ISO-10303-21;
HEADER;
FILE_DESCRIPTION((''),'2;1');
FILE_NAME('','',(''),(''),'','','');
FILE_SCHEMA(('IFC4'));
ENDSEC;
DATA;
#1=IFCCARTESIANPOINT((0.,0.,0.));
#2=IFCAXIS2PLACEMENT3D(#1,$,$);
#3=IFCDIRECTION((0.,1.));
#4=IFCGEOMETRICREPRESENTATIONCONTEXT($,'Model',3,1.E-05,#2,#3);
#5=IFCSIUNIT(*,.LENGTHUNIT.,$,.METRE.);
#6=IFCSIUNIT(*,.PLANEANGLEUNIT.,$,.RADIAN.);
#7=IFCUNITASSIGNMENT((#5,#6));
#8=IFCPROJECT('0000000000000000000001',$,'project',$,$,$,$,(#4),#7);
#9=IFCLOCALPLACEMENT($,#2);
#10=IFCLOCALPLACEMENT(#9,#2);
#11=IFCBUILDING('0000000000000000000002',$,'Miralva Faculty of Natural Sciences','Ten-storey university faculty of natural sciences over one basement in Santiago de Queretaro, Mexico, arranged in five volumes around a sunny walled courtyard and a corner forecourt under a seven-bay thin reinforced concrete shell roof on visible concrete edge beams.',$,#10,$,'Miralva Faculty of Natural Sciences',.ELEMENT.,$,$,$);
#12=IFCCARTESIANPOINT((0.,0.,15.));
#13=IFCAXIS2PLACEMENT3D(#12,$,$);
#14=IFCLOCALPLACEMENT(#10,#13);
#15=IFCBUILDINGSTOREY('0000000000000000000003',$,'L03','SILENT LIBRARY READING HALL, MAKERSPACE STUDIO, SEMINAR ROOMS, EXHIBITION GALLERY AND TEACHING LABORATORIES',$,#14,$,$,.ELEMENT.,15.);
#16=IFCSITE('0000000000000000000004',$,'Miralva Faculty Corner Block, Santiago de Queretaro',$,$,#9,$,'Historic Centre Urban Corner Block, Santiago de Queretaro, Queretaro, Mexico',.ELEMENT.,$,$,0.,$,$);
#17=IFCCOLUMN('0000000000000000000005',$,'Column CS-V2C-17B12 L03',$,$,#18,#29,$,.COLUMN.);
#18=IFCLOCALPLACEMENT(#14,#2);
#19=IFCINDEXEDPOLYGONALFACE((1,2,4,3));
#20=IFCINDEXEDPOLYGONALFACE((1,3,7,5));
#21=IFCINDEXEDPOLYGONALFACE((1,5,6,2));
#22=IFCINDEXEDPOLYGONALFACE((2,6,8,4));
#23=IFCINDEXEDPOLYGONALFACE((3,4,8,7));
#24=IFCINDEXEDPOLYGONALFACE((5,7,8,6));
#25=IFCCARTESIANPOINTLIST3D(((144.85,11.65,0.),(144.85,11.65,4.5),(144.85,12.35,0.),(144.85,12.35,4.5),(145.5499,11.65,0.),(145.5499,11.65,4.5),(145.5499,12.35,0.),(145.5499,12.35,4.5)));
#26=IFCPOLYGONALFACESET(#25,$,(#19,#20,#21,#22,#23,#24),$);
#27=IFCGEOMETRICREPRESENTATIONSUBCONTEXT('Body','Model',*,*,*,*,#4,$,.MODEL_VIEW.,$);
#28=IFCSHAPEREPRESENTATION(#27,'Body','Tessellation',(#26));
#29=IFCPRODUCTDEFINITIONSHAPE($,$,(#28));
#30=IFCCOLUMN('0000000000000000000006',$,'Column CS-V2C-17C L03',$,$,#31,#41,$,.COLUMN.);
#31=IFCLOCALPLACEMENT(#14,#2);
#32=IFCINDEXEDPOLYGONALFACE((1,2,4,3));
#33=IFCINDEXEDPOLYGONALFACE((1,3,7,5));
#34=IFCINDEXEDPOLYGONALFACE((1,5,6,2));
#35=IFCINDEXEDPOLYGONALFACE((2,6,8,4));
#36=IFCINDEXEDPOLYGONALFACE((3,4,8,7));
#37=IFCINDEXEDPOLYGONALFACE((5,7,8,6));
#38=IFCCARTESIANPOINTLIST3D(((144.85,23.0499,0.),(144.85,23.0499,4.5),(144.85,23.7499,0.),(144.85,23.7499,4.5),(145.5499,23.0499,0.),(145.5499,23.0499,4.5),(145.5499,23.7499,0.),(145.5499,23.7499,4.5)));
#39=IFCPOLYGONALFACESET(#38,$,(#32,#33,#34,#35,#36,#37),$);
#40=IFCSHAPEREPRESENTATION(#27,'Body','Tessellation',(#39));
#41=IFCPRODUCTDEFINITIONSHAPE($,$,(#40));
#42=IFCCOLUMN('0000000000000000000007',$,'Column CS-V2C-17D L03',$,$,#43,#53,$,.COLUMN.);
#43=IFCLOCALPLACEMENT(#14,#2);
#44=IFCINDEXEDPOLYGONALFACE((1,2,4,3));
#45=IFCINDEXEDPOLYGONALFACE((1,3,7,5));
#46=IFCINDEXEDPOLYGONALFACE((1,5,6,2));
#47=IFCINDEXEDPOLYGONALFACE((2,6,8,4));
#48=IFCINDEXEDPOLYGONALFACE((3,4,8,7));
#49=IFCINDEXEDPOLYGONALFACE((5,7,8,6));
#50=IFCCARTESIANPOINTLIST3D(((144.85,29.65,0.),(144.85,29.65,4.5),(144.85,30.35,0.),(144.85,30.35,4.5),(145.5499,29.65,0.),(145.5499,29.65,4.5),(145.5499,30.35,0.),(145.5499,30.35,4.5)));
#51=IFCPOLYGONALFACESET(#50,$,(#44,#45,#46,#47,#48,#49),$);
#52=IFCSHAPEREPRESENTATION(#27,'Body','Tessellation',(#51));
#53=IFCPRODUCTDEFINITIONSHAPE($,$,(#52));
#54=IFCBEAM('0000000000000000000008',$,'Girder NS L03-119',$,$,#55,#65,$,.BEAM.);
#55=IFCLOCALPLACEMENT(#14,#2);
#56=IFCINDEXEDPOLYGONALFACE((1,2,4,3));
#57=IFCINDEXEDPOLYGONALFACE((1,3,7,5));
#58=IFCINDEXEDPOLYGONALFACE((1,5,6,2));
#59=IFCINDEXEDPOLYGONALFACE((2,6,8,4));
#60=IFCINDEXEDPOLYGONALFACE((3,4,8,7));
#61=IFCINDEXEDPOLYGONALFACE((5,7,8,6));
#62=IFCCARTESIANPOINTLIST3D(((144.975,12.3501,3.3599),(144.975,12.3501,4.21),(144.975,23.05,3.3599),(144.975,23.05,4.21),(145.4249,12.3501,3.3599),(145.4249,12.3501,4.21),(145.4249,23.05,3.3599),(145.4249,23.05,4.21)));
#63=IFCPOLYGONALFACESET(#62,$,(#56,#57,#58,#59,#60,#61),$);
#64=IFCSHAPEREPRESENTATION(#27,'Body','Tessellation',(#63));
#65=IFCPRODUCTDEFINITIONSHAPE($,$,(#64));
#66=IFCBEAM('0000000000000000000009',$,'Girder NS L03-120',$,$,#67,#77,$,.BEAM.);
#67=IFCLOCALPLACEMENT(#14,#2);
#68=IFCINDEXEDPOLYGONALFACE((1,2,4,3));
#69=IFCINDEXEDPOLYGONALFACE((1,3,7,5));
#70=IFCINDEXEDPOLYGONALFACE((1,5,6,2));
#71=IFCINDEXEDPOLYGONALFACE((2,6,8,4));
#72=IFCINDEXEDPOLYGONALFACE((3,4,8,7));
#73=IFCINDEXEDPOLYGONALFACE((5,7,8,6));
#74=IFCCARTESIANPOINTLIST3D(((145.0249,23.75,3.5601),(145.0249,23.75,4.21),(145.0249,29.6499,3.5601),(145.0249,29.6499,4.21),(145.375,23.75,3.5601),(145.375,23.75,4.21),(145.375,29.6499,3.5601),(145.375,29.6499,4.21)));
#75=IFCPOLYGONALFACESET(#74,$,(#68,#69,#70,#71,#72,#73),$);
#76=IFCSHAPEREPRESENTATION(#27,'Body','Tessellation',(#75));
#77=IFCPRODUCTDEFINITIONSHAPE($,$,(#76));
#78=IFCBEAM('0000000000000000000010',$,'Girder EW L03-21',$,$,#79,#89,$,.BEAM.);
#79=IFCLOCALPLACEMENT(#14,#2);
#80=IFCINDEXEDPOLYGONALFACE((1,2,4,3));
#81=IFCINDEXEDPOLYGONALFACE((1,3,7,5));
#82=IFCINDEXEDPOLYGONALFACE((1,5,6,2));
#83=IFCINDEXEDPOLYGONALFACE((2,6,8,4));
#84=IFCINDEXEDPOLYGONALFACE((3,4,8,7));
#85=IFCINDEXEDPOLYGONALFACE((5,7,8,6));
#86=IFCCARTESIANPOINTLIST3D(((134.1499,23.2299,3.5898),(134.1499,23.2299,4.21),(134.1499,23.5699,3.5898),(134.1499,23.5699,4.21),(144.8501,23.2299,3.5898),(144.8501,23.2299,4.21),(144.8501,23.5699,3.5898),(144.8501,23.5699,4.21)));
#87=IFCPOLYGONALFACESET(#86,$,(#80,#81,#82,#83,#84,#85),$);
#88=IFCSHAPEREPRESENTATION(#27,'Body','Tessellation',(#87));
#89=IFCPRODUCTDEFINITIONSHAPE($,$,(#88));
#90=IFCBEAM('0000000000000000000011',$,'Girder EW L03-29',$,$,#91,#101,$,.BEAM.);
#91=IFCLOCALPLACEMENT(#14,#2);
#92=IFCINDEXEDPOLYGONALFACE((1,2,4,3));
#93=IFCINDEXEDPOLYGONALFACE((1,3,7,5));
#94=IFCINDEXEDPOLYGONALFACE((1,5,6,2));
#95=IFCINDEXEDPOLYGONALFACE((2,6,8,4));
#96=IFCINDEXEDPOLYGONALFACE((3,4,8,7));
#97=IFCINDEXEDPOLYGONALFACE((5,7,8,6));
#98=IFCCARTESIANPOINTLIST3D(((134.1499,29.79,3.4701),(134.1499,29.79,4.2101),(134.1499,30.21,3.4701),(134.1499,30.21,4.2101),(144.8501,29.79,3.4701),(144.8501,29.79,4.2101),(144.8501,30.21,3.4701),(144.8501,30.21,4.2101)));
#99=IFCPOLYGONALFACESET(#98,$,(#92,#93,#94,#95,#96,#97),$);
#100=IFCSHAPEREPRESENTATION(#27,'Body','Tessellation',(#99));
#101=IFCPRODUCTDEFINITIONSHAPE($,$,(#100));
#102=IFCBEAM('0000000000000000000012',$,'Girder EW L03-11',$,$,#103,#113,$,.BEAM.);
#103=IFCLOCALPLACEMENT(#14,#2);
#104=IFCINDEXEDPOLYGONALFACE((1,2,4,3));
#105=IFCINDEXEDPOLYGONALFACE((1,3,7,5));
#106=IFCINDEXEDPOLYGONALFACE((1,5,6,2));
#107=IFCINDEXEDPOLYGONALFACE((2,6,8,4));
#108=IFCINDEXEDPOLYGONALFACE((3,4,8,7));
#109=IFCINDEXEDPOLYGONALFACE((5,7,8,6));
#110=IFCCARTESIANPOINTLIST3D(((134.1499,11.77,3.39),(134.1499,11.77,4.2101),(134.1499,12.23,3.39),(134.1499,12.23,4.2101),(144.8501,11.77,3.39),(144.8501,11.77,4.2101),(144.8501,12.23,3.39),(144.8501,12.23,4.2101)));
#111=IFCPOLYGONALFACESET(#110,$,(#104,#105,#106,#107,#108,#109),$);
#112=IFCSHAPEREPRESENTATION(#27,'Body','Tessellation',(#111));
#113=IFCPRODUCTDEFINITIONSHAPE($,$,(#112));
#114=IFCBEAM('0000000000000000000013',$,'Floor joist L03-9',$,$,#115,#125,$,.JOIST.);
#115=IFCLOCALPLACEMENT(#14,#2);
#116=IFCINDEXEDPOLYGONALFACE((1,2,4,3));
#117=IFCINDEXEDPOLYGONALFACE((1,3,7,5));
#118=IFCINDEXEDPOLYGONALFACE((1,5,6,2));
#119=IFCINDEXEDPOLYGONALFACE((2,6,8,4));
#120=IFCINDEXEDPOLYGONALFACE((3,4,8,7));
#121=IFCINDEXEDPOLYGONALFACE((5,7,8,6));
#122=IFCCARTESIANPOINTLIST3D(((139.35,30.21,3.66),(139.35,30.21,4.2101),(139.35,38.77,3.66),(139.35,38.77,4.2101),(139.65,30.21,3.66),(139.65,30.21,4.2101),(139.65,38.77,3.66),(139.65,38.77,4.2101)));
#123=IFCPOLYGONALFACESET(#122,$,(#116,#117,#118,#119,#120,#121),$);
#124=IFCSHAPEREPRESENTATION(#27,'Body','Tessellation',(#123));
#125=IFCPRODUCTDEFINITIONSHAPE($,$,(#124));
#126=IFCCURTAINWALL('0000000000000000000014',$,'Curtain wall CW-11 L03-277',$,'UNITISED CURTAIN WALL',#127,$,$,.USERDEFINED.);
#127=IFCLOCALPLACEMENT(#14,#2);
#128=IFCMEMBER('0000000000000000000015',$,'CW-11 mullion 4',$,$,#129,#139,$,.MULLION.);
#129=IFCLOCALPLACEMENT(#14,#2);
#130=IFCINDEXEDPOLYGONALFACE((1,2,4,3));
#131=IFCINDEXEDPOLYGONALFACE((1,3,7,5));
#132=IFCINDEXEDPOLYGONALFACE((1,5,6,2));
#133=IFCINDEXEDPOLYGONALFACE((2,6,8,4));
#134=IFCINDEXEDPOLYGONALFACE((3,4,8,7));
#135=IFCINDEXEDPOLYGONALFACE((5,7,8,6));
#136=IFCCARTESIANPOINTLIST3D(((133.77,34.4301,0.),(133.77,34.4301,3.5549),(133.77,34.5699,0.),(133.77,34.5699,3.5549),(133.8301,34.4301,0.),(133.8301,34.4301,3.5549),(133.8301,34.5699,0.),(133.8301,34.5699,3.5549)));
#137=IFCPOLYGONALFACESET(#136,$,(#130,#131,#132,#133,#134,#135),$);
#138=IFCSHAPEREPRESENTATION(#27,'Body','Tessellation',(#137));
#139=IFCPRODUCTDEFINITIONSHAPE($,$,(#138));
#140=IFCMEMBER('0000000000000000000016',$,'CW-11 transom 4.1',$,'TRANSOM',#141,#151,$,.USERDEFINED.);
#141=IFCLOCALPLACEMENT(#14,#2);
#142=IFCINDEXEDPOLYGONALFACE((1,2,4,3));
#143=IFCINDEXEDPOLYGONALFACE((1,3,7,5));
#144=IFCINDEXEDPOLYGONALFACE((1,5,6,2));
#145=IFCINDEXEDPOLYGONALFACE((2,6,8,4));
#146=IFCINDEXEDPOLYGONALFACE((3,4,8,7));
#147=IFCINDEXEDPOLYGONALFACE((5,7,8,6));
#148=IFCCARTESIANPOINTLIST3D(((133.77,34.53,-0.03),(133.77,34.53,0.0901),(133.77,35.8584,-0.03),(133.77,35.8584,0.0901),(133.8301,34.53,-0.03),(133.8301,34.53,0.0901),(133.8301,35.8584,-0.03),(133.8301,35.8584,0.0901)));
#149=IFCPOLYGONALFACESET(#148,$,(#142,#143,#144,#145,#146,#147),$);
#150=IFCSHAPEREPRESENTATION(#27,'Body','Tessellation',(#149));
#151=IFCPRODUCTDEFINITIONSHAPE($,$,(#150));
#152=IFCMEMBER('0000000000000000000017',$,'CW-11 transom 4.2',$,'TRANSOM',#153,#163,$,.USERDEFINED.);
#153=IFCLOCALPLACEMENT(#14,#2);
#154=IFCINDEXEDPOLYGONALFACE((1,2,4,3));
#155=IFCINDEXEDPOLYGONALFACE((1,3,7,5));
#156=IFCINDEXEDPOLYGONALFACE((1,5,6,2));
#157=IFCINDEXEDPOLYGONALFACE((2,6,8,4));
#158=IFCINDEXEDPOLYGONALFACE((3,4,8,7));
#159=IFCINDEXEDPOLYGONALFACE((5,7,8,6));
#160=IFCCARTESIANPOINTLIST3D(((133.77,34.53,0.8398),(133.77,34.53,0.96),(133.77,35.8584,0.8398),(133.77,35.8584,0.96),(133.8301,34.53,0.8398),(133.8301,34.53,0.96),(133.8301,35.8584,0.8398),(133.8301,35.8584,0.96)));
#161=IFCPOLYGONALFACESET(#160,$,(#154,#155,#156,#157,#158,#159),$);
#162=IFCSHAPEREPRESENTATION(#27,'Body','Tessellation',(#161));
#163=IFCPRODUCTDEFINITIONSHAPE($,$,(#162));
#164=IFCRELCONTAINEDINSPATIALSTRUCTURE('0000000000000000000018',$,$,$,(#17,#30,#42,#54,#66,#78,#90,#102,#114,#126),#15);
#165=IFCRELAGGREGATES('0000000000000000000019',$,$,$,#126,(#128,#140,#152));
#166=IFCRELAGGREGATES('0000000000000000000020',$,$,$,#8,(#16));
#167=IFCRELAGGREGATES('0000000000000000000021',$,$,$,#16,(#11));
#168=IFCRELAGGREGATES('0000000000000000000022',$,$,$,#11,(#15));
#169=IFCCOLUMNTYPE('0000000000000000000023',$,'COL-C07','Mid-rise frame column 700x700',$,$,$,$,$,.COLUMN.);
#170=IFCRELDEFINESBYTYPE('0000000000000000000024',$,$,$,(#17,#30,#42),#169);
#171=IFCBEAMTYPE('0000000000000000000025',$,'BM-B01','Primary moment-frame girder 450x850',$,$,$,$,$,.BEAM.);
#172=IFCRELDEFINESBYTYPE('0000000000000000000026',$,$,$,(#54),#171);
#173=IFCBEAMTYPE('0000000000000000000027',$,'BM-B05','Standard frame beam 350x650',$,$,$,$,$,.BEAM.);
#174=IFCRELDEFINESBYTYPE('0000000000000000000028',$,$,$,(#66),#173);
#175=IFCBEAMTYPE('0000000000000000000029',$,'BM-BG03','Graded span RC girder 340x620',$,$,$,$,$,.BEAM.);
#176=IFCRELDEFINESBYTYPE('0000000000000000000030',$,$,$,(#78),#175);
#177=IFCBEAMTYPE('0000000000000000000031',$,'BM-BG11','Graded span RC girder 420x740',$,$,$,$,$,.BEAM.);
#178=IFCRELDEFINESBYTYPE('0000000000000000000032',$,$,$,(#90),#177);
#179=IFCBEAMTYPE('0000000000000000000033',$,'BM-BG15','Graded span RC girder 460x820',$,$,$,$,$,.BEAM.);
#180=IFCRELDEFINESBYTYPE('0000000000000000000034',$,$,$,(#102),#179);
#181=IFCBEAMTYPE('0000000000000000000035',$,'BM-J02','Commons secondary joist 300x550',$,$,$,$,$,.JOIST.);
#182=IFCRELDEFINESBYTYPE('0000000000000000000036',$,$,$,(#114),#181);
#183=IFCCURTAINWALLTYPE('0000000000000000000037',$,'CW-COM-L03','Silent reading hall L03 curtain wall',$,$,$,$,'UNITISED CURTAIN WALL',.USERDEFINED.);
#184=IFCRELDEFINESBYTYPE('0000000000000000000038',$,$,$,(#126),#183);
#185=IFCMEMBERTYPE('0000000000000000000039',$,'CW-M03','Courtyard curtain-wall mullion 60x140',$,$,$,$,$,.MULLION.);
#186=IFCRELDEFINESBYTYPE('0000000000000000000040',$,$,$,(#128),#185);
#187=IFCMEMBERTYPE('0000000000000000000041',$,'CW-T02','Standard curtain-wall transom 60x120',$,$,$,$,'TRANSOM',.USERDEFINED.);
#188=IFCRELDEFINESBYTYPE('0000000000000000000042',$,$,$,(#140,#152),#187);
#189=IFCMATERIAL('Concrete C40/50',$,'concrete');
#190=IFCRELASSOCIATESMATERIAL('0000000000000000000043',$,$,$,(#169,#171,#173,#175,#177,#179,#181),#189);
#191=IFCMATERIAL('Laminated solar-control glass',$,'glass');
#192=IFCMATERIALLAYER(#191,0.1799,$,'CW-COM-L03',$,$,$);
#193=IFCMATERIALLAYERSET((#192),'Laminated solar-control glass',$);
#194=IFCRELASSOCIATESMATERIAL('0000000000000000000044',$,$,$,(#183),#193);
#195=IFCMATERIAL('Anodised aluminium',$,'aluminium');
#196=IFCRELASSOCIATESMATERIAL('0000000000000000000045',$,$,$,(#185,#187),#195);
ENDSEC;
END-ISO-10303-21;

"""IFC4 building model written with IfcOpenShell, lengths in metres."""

from ifc_helpers import new_model, si_unit, direction, frame, origin, origin_2d, place, context, subcontext, project, spatial, rectangle, extrude, material, layer, layer_set, material_profile, profile_set, type_object, element, aggregate, save


model = new_model("IFC4")

# Units and contexts
model_context = context("Model", 3, precision=1e-05, world=origin(), true_north=direction((0.0, 1.0)))
body_context = subcontext(model_context, "Body", "Model", "MODEL_VIEW")
ifc_project = project(units=[si_unit("LENGTHUNIT", "METRE"), si_unit("PLANEANGLEUNIT", "RADIAN")], contexts=[model_context])

# Site, building, storey
site_placement = place(None, origin())
site = spatial("IfcSite", under=ifc_project, at=site_placement, Name="Miralva Faculty Corner Block, Santiago de Queretaro", LongName="Historic Centre Urban Corner Block, Santiago de Queretaro, Queretaro, Mexico", CompositionType="ELEMENT", RefElevation=0.0)
building_placement = place(site_placement, origin())
building = spatial("IfcBuilding", under=site, at=building_placement, Name="Miralva Faculty of Natural Sciences", Description="Ten-storey university faculty of natural sciences over one basement in Santiago de Queretaro, Mexico, arranged in five volumes around a sunny walled courtyard and a corner forecourt under a seven-bay thin reinforced concrete shell roof on visible concrete edge beams.", LongName="Miralva Faculty of Natural Sciences", CompositionType="ELEMENT")
storey_placement = place(building_placement, frame((0.0, 0.0, 15.0)))
storey = spatial("IfcBuildingStorey", under=building, at=storey_placement, Name="L03", Description="SILENT LIBRARY READING HALL, MAKERSPACE STUDIO, SEMINAR ROOMS, EXHIBITION GALLERY AND TEACHING LABORATORIES", CompositionType="ELEMENT", Elevation=15.0)

# Columns
ifc_material_1 = material(Name="Concrete C40/50", Category="concrete")
ifc_material_profile_1 = material_profile(ifc_material_1, rectangle(XDim=0.7, YDim=0.7, at=origin_2d()), Name="RC 700x700")
ifc_profile_set_1 = profile_set([ifc_material_profile_1], Name="Concrete C40/50")
column_type = type_object("IfcColumnType", Name="COL-C07", Description="Mid-rise frame column 700x700", PredefinedType="COLUMN", material=ifc_profile_set_1)
for number, where, z_axis, x_axis, name in (
    (1, (145.2, 12.0, 0.0), (0.0, 0.0, 1.0), (1.0, 0.0, 0.0), "Column CS-V2C-17B12 L03"),
    (2, (145.2, 23.3999, 0.0), (0.0, 0.0, 1.0), (1.0, 0.0, 0.0), "Column CS-V2C-17C L03"),
    (3, (145.2, 30.0, 0.0), (0.0, 0.0, 1.0), (1.0, 0.0, 0.0), "Column CS-V2C-17D L03"),
):
    element("IfcColumn", number, at=place(storey_placement, frame(where, z_axis=z_axis, x_axis=x_axis)), inside=storey, type_object=column_type, Name=name, PredefinedType="COLUMN", context=body_context, shape_type="SweptSolid", body=[
        extrude(rectangle(XDim=0.7, YDim=0.7, at=origin_2d()), origin(), (0.0, 0.0, 1.0), 4.5),
    ])

# Beams
ifc_material_profile_2 = material_profile(ifc_material_1, rectangle(XDim=0.45, YDim=0.8501, at=origin_2d()), Name="RC 450x850")
ifc_profile_set_2 = profile_set([ifc_material_profile_2], Name="Concrete C40/50")
beam_type_1 = type_object("IfcBeamType", Name="BM-B01", Description="Primary moment-frame girder 450x850", PredefinedType="BEAM", material=ifc_profile_set_2)
beam_1_placement = place(storey_placement, frame((145.2, 12.3501, 3.7849), z_axis=(0.0, 1.0, 0.0), x_axis=(-1.0, 0.0, 0.0)))
element("IfcBeam", 4, at=beam_1_placement, inside=storey, type_object=beam_type_1, Name="Girder NS L03-119", PredefinedType="BEAM", context=body_context, shape_type="SweptSolid", body=[
    extrude(rectangle(XDim=0.45, YDim=0.8501, at=origin_2d()), origin(), (0.0, 0.0, 1.0), 10.7),
])
ifc_material_profile_3 = material_profile(ifc_material_1, rectangle(XDim=0.3501, YDim=0.6499, at=origin_2d()), Name="RC 350x650")
ifc_profile_set_3 = profile_set([ifc_material_profile_3], Name="Concrete C40/50")
beam_type_2 = type_object("IfcBeamType", Name="BM-B05", Description="Standard frame beam 350x650", PredefinedType="BEAM", material=ifc_profile_set_3)
beam_2_placement = place(storey_placement, frame((145.2, 23.75, 3.885), z_axis=(0.0, 1.0, 0.0), x_axis=(-1.0, 0.0, 0.0)))
element("IfcBeam", 5, at=beam_2_placement, inside=storey, type_object=beam_type_2, Name="Girder NS L03-120", PredefinedType="BEAM", context=body_context, shape_type="SweptSolid", body=[
    extrude(rectangle(XDim=0.3501, YDim=0.6499, at=origin_2d()), origin(), (0.0, 0.0, 1.0), 5.8999),
])
ifc_material_profile_4 = material_profile(ifc_material_1, rectangle(XDim=0.3401, YDim=0.6201, at=origin_2d()), Name="RC 340x620")
ifc_profile_set_4 = profile_set([ifc_material_profile_4], Name="Concrete C40/50")
beam_type_3 = type_object("IfcBeamType", Name="BM-BG03", Description="Graded span RC girder 340x620", PredefinedType="BEAM", material=ifc_profile_set_4)
beam_3_placement = place(storey_placement, frame((134.1499, 23.3999, 3.8999), z_axis=(1.0, 0.0, 0.0), x_axis=(0.0, 1.0, 0.0)))
element("IfcBeam", 6, at=beam_3_placement, inside=storey, type_object=beam_type_3, Name="Girder EW L03-21", PredefinedType="BEAM", context=body_context, shape_type="SweptSolid", body=[
    extrude(rectangle(XDim=0.3401, YDim=0.6201, at=origin_2d()), origin(), (0.0, 0.0, 1.0), 10.7002),
])
ifc_material_profile_5 = material_profile(ifc_material_1, rectangle(XDim=0.4199, YDim=0.74, at=origin_2d()), Name="RC 420x740")
ifc_profile_set_5 = profile_set([ifc_material_profile_5], Name="Concrete C40/50")
beam_type_4 = type_object("IfcBeamType", Name="BM-BG11", Description="Graded span RC girder 420x740", PredefinedType="BEAM", material=ifc_profile_set_5)
beam_4_placement = place(storey_placement, frame((134.1499, 30.0, 3.8401), z_axis=(1.0, 0.0, 0.0), x_axis=(0.0, 1.0, 0.0)))
element("IfcBeam", 7, at=beam_4_placement, inside=storey, type_object=beam_type_4, Name="Girder EW L03-29", PredefinedType="BEAM", context=body_context, shape_type="SweptSolid", body=[
    extrude(rectangle(XDim=0.4199, YDim=0.74, at=origin_2d()), origin(), (0.0, 0.0, 1.0), 10.7002),
])
ifc_material_profile_6 = material_profile(ifc_material_1, rectangle(XDim=0.46, YDim=0.8201, at=origin_2d()), Name="RC 460x820")
ifc_profile_set_6 = profile_set([ifc_material_profile_6], Name="Concrete C40/50")
beam_type_5 = type_object("IfcBeamType", Name="BM-BG15", Description="Graded span RC girder 460x820", PredefinedType="BEAM", material=ifc_profile_set_6)
beam_5_placement = place(storey_placement, frame((134.1499, 12.0, 3.8), z_axis=(1.0, 0.0, 0.0), x_axis=(0.0, 1.0, 0.0)))
element("IfcBeam", 8, at=beam_5_placement, inside=storey, type_object=beam_type_5, Name="Girder EW L03-11", PredefinedType="BEAM", context=body_context, shape_type="SweptSolid", body=[
    extrude(rectangle(XDim=0.46, YDim=0.8201, at=origin_2d()), origin(), (0.0, 0.0, 1.0), 10.7002),
])
ifc_material_profile_7 = material_profile(ifc_material_1, rectangle(XDim=0.3, YDim=0.55, at=origin_2d()), Name="RC 300x550")
ifc_profile_set_7 = profile_set([ifc_material_profile_7], Name="Concrete C40/50")
beam_type_6 = type_object("IfcBeamType", Name="BM-J02", Description="Commons secondary joist 300x550", PredefinedType="JOIST", material=ifc_profile_set_7)
beam_6_placement = place(storey_placement, frame((139.5, 30.21, 3.9351), z_axis=(0.0, 1.0, 0.0), x_axis=(-1.0, 0.0, 0.0)))
element("IfcBeam", 9, at=beam_6_placement, inside=storey, type_object=beam_type_6, Name="Floor joist L03-9", PredefinedType="JOIST", context=body_context, shape_type="SweptSolid", body=[
    extrude(rectangle(XDim=0.3, YDim=0.55, at=origin_2d()), origin(), (0.0, 0.0, 1.0), 8.5601),
])

# Curtain wall, members
ifc_material_2 = material(Name="Laminated solar-control glass", Category="glass")
ifc_layer_1 = layer(ifc_material_2, 0.1799, Name="CW-COM-L03")
ifc_layer_set_1 = layer_set([ifc_layer_1], Name="Laminated solar-control glass")
curtain_wall_type = type_object("IfcCurtainWallType", Name="CW-COM-L03", Description="Silent reading hall L03 curtain wall", ElementType="UNITISED CURTAIN WALL", PredefinedType="USERDEFINED", material=ifc_layer_set_1)
curtain_wall_placement = place(storey_placement, origin())
curtain_wall = element("IfcCurtainWall", 10, at=curtain_wall_placement, inside=storey, type_object=curtain_wall_type, Name="Curtain wall CW-11 L03-277", ObjectType="UNITISED CURTAIN WALL", PredefinedType="USERDEFINED")
ifc_material_3 = material(Name="Anodised aluminium", Category="aluminium")
ifc_material_profile_8 = material_profile(ifc_material_3, rectangle(XDim=0.0601, YDim=0.1399, at=origin_2d()), Name="MULLION 60x140")
ifc_profile_set_8 = profile_set([ifc_material_profile_8], Name="Anodised aluminium")
member_type_1 = type_object("IfcMemberType", Name="CW-M03", Description="Courtyard curtain-wall mullion 60x140", PredefinedType="MULLION", material=ifc_profile_set_8)
member_1_placement = place(storey_placement, frame((133.8, 34.5, 0.0), z_axis=(0.0, 0.0, 1.0), x_axis=(-1.0, 0.0, 0.0)))
member_1 = element("IfcMember", 11, at=member_1_placement, type_object=member_type_1, Name="CW-11 mullion 4", PredefinedType="MULLION", context=body_context, shape_type="SweptSolid", body=[
    extrude(rectangle(XDim=0.0601, YDim=0.1399, at=origin_2d()), origin(), (0.0, 0.0, 1.0), 3.5549),
])
ifc_material_profile_9 = material_profile(ifc_material_3, rectangle(XDim=0.0601, YDim=0.1201, at=origin_2d()), Name="TRANSOM 60x120")
ifc_profile_set_9 = profile_set([ifc_material_profile_9], Name="Anodised aluminium")
member_type_2 = type_object("IfcMemberType", Name="CW-T02", Description="Standard curtain-wall transom 60x120", ElementType="TRANSOM", PredefinedType="USERDEFINED", material=ifc_profile_set_9)
member_2_placement = place(storey_placement, frame((133.8, 34.53, 0.03), z_axis=(0.0, 1.0, 0.0), x_axis=(-1.0, 0.0, 0.0)))
member_2 = element("IfcMember", 12, at=member_2_placement, type_object=member_type_2, Name="CW-11 transom 4.1", ObjectType="TRANSOM", PredefinedType="USERDEFINED", context=body_context, shape_type="SweptSolid", body=[
    extrude(rectangle(XDim=0.0601, YDim=0.1201, at=origin_2d()), origin(), (0.0, 0.0, 1.0), 1.3284),
])
member_3_placement = place(storey_placement, frame((133.8, 34.53, 0.8999), z_axis=(0.0, 1.0, 0.0), x_axis=(-1.0, 0.0, 0.0)))
member_3 = element("IfcMember", 13, at=member_3_placement, type_object=member_type_2, Name="CW-11 transom 4.2", ObjectType="TRANSOM", PredefinedType="USERDEFINED", context=body_context, shape_type="SweptSolid", body=[
    extrude(rectangle(XDim=0.0601, YDim=0.1201, at=origin_2d()), origin(), (0.0, 0.0, 1.0), 1.3284),
])
aggregate(curtain_wall, [member_1, member_2, member_3])

save(model, "model.ifc")
